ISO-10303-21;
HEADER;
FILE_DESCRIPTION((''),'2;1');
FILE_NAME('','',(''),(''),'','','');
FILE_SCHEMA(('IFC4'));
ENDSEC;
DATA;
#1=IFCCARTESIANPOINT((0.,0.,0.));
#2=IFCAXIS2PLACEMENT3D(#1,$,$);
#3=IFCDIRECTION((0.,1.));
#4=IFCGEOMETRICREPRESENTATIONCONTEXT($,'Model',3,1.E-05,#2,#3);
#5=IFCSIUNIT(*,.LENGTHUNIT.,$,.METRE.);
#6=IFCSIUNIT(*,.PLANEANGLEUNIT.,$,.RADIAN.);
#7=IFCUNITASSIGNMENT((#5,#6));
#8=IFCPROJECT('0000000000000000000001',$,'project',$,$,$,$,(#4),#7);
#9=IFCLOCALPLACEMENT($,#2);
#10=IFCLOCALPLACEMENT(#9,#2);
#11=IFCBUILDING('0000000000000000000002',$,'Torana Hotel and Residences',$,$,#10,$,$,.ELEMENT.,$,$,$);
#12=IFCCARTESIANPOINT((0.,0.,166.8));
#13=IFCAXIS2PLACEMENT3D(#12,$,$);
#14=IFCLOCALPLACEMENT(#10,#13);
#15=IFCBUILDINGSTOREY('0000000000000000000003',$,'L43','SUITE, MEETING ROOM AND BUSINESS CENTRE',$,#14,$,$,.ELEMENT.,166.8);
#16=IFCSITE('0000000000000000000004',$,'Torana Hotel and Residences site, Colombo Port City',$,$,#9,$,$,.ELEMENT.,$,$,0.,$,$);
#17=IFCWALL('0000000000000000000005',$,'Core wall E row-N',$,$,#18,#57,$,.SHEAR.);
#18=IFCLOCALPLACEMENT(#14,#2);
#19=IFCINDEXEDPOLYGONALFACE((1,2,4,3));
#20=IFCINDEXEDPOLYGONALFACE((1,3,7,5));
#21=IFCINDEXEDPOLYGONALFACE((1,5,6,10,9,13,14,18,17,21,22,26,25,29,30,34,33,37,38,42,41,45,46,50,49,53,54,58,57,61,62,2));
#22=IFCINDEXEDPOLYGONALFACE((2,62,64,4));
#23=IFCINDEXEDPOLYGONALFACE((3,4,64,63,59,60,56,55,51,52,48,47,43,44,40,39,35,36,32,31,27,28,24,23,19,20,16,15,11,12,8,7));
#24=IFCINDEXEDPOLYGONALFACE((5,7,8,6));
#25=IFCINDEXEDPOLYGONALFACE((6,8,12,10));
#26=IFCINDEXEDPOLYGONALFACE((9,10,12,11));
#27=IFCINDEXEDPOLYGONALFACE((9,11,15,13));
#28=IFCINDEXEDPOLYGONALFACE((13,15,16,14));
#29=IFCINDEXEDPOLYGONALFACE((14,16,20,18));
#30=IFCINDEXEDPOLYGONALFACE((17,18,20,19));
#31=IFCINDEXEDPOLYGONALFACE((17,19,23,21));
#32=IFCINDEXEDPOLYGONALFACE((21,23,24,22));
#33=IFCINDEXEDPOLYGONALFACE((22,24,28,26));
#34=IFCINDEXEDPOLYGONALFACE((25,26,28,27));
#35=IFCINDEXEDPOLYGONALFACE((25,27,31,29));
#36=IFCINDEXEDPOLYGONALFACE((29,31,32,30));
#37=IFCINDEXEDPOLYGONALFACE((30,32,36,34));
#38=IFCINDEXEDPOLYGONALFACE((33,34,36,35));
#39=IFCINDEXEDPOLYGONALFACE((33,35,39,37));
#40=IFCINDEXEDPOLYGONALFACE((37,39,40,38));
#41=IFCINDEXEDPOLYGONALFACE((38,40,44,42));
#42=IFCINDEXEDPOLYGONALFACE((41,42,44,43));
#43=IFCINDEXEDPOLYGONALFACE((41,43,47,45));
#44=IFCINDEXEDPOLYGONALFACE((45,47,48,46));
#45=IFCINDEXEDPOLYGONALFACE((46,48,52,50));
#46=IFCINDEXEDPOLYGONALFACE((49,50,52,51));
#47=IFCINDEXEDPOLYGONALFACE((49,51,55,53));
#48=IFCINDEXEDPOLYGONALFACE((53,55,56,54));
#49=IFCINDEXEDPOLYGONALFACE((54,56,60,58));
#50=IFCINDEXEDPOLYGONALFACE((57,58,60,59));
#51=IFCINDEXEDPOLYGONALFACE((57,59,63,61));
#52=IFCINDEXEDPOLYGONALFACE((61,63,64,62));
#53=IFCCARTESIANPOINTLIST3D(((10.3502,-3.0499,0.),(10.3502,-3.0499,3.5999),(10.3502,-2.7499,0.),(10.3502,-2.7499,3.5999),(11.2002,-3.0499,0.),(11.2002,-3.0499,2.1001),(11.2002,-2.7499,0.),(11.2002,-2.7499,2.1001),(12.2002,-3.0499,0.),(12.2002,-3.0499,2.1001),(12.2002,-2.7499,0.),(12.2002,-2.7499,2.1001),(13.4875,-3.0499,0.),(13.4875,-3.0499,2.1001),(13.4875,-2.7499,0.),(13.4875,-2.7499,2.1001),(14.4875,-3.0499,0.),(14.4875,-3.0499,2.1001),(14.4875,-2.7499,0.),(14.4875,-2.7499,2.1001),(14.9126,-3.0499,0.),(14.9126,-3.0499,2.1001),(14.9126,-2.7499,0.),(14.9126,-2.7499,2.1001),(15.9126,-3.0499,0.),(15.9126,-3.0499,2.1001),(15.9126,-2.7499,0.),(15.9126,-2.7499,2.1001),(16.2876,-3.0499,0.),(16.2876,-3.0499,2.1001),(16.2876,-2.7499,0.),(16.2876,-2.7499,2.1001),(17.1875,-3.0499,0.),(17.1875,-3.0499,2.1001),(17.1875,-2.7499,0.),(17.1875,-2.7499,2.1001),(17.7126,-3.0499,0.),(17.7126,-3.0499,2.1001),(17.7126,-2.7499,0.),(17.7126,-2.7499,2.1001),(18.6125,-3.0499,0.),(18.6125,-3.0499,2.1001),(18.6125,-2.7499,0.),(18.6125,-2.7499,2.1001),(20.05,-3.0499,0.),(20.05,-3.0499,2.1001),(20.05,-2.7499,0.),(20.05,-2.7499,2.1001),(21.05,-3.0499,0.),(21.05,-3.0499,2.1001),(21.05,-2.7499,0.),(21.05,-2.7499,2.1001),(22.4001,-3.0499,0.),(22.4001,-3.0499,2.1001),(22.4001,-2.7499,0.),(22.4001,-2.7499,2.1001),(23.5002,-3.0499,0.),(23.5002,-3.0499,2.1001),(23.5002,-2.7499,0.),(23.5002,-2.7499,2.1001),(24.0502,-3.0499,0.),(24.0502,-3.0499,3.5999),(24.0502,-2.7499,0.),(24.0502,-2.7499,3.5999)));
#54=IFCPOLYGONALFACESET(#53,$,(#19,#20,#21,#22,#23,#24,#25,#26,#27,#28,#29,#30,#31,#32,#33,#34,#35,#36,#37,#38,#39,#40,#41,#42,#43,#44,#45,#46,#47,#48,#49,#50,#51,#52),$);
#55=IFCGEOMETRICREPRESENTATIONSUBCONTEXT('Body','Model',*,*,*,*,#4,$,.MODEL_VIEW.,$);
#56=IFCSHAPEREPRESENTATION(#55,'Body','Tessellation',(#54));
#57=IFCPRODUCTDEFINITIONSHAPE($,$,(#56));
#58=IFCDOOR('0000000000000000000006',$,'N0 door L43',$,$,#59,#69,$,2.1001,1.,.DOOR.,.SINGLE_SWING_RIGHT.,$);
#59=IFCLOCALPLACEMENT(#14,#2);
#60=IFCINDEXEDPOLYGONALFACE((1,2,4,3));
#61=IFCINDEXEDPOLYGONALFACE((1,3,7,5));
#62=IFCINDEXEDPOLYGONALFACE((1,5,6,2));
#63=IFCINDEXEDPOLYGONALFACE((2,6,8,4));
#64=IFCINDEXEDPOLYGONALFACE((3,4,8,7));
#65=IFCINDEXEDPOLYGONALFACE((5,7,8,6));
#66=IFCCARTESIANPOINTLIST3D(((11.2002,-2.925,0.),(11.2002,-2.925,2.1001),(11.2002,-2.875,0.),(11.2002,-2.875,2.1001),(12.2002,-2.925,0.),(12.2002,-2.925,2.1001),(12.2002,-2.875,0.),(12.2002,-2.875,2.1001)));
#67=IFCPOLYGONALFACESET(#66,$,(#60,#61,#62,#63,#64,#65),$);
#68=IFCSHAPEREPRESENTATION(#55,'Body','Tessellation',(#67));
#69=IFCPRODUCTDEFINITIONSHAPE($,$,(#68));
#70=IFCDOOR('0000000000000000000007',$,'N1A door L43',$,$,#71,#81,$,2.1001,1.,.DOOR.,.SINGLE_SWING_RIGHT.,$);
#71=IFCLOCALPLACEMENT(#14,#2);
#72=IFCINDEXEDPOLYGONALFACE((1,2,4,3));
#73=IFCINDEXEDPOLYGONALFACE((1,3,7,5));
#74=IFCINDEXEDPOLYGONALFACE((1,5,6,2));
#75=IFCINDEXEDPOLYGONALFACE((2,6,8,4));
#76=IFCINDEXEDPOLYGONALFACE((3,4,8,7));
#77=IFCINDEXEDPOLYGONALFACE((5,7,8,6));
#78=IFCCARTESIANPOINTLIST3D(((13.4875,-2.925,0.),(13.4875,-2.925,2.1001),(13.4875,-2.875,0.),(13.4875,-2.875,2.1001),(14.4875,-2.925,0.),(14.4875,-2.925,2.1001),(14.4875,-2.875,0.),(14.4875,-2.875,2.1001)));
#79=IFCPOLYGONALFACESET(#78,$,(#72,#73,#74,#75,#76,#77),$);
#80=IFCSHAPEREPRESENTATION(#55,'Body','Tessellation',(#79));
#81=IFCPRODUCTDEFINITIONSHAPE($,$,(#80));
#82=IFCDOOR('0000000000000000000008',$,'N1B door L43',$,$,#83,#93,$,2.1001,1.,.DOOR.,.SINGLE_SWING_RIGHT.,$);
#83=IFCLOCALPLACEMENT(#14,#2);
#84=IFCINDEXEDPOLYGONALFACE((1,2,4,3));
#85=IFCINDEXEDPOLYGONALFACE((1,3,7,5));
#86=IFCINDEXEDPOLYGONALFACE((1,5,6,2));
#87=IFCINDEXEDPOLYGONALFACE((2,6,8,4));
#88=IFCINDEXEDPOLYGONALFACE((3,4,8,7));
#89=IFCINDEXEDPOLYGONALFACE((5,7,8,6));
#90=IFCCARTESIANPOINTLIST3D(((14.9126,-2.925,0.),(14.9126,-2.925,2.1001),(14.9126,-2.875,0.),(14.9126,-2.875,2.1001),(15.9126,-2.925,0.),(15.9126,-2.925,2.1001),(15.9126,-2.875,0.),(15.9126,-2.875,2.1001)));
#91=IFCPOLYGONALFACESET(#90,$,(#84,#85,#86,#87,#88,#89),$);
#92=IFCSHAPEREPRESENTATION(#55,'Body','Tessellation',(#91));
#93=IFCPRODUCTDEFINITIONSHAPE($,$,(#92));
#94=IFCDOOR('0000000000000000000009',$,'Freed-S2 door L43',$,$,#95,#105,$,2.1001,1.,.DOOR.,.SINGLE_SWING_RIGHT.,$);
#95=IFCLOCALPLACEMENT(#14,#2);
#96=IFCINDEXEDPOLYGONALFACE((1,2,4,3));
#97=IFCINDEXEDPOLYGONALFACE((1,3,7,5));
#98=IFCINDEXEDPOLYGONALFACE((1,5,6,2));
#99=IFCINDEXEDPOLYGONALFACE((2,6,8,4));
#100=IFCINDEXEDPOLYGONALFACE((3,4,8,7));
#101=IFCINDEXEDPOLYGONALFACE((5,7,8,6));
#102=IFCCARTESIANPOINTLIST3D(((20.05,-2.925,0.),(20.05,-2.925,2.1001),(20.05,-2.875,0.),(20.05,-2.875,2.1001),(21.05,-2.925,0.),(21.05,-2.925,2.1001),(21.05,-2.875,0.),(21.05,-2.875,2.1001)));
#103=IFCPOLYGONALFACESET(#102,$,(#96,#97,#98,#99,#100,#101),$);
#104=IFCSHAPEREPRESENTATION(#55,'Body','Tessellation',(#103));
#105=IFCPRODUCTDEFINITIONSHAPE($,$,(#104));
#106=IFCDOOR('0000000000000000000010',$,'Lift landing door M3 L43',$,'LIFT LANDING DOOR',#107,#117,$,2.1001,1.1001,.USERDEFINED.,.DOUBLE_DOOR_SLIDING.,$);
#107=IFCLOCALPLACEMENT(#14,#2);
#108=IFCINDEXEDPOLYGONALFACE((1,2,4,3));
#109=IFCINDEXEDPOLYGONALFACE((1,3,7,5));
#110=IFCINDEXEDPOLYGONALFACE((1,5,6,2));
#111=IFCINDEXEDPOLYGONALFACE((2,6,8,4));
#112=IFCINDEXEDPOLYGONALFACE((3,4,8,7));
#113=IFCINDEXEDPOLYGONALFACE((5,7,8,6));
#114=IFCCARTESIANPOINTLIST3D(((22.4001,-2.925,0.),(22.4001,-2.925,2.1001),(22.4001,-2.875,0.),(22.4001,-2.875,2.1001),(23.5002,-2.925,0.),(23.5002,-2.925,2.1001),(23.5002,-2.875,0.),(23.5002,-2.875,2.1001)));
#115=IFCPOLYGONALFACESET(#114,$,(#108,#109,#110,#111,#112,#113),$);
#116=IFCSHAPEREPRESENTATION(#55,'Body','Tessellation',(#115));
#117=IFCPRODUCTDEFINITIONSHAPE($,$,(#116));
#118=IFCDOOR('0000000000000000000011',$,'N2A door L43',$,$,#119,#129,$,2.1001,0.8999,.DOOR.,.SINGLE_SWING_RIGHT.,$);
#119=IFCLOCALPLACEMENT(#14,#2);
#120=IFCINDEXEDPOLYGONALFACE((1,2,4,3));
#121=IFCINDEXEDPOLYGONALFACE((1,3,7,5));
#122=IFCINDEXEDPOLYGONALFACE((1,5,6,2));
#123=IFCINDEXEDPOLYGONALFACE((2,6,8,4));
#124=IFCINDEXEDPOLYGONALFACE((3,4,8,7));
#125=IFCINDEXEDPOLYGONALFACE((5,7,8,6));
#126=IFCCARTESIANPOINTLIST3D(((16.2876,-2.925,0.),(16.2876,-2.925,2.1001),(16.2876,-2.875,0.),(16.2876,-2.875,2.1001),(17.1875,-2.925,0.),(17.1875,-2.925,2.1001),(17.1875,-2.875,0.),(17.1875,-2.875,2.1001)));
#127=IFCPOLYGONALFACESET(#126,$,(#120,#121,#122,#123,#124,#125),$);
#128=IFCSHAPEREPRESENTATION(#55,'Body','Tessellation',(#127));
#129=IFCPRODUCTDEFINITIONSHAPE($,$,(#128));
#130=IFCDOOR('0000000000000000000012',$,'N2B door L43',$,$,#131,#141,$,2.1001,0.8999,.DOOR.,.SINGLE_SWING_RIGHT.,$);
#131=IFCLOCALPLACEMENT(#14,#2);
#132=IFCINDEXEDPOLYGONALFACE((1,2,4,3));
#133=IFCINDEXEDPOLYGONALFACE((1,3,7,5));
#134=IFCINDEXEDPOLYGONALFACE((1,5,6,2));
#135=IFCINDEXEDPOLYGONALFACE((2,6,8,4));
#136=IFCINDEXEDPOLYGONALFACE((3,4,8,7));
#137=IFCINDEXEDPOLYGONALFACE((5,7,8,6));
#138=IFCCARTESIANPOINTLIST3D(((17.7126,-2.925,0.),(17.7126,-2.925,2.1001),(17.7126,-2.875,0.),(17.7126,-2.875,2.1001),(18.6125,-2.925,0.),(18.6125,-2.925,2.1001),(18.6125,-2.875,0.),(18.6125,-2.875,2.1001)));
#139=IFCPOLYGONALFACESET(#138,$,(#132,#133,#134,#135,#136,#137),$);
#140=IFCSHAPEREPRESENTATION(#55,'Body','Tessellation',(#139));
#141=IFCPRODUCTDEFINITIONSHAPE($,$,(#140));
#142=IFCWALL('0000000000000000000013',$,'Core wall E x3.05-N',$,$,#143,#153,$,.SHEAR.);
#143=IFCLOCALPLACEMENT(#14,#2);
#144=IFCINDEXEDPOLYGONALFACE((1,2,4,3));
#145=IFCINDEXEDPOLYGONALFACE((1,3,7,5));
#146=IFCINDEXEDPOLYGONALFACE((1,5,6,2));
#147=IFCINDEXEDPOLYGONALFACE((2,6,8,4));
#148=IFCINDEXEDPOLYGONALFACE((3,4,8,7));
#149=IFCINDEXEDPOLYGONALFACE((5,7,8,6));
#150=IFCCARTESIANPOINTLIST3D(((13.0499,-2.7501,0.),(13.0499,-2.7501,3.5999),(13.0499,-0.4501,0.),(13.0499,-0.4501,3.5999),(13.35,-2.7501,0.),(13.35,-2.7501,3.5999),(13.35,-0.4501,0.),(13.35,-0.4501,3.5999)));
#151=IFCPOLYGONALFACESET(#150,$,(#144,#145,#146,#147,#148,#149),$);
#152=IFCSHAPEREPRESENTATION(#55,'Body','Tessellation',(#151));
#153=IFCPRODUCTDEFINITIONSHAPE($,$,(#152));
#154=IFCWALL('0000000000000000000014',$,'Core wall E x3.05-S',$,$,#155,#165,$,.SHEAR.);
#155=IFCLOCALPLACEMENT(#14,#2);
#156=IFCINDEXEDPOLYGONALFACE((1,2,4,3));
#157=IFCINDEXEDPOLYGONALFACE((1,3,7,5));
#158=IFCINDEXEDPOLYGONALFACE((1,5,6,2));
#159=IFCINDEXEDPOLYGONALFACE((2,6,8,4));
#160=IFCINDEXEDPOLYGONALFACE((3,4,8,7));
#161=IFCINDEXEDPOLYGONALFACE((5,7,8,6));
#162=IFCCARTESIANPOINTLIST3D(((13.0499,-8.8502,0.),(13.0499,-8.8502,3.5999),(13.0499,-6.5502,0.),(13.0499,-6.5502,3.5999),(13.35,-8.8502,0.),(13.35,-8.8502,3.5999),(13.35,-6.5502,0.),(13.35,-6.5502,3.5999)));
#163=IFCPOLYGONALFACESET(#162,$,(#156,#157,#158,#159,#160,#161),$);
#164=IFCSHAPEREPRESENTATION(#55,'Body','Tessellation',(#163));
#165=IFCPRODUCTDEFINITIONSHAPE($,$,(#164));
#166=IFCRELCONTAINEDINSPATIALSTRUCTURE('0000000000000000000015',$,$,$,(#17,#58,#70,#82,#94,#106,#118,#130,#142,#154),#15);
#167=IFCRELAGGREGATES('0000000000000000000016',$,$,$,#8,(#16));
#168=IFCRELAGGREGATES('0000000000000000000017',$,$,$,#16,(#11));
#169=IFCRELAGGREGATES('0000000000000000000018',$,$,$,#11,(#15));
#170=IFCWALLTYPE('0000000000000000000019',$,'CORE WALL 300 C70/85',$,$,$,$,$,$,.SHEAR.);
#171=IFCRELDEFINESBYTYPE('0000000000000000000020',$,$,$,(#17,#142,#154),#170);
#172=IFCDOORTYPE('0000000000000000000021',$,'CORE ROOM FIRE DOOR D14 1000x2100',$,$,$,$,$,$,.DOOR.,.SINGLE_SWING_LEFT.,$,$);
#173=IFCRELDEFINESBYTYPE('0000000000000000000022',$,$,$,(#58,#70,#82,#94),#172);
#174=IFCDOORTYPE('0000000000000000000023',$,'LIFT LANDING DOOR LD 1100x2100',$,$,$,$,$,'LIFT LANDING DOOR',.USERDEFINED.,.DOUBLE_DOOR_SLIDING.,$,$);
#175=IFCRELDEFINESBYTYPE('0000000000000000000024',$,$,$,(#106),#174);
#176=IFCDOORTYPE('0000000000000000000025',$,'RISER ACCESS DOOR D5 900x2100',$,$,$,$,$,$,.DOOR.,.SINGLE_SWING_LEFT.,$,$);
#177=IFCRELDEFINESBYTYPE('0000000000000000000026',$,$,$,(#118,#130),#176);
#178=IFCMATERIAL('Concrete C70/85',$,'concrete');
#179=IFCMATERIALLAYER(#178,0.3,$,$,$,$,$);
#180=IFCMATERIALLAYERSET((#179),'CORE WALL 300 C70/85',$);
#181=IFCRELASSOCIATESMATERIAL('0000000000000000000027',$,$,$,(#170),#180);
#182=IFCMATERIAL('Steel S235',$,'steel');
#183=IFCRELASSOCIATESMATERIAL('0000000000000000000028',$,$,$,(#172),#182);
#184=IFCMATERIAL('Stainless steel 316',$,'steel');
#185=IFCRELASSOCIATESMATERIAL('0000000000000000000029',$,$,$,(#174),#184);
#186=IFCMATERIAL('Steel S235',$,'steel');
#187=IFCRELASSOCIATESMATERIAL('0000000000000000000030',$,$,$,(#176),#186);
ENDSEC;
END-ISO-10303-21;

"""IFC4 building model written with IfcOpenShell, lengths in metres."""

from ifc_helpers import new_model, si_unit, direction, frame, frame_2d, origin, place, context, subcontext, project, spatial, rectangle, extrude, material, layer, layer_set, type_object, element, fill, save


model = new_model("IFC4")

# Units and contexts
model_context = context("Model", 3, precision=1e-05, world=origin(), true_north=direction((0.0, 1.0)))
body_context = subcontext(model_context, "Body", "Model", "MODEL_VIEW")
ifc_project = project(units=[si_unit("LENGTHUNIT", "METRE"), si_unit("PLANEANGLEUNIT", "RADIAN")], contexts=[model_context])

# Site, building, storey
site_placement = place(None, origin())
site = spatial("IfcSite", under=ifc_project, at=site_placement, Name="Torana Hotel and Residences site, Colombo Port City", CompositionType="ELEMENT", RefElevation=0.0)
building_placement = place(site_placement, origin())
building = spatial("IfcBuilding", under=site, at=building_placement, Name="Torana Hotel and Residences", CompositionType="ELEMENT")
storey_placement = place(building_placement, frame((0.0, 0.0, 166.8)))
storey = spatial("IfcBuildingStorey", under=building, at=storey_placement, Name="L43", Description="SUITE, MEETING ROOM AND BUSINESS CENTRE", CompositionType="ELEMENT", Elevation=166.8)

# Wall, openings, doors
ifc_material_1 = material(Name="Concrete C70/85", Category="concrete")
ifc_layer_1 = layer(ifc_material_1, 0.3)
ifc_layer_set_1 = layer_set([ifc_layer_1], Name="CORE WALL 300 C70/85")
wall_type_1 = type_object("IfcWallType", Name="CORE WALL 300 C70/85", PredefinedType="SHEAR", material=ifc_layer_set_1)
wall_placement = place(storey_placement, frame((10.3501, -2.8999, 0.0), z_axis=(0.0, 0.0, 1.0), x_axis=(1.0, 0.0, 0.0)))
wall = element("IfcWall", 1, at=wall_placement, inside=storey, type_object=wall_type_1, Name="Core wall E row-N", PredefinedType="SHEAR", context=body_context, shape_type="SweptSolid", body=[
    extrude(rectangle(XDim=13.7, YDim=0.3, at=frame_2d((6.8501, 0.0))), origin(), (0.0, 0.0, 1.0), 3.5999),
])
opening_1_placement = place(wall_placement, frame((12.05, 0.0, 0.0)))
opening_1 = element("IfcOpeningElement", 2, at=opening_1_placement, cuts=wall, PredefinedType="OPENING", context=body_context, shape_type="SweptSolid", body=[
    extrude(rectangle(XDim=1.1001, YDim=2.1001, at=frame_2d((0.55, 1.05))), frame((0.0, 0.1599, 0.0), z_axis=(0.0, -1.0, 0.0), x_axis=(1.0, 0.0, 0.0)), (0.0, 0.0, 1.0), 0.3201),
])
opening_2_placement = place(wall_placement, frame((5.9375, 0.0, 0.0)))
opening_2 = element("IfcOpeningElement", 3, at=opening_2_placement, cuts=wall, PredefinedType="OPENING", context=body_context, shape_type="SweptSolid", body=[
    extrude(rectangle(XDim=0.8999, YDim=2.1001, at=frame_2d((0.45, 1.05))), frame((0.0, 0.1599, 0.0), z_axis=(0.0, -1.0, 0.0), x_axis=(1.0, 0.0, 0.0)), (0.0, 0.0, 1.0), 0.3201),
])
opening_3_placement = place(wall_placement, frame((7.3625, 0.0, 0.0)))
opening_3 = element("IfcOpeningElement", 4, at=opening_3_placement, cuts=wall, PredefinedType="OPENING", context=body_context, shape_type="SweptSolid", body=[
    extrude(rectangle(XDim=0.8999, YDim=2.1001, at=frame_2d((0.45, 1.05))), frame((0.0, 0.1599, 0.0), z_axis=(0.0, -1.0, 0.0), x_axis=(1.0, 0.0, 0.0)), (0.0, 0.0, 1.0), 0.3201),
])
opening_4_placement = place(wall_placement, frame((0.8501, 0.0, 0.0)))
opening_4 = element("IfcOpeningElement", 5, at=opening_4_placement, cuts=wall, PredefinedType="OPENING", context=body_context, shape_type="SweptSolid", body=[
    extrude(rectangle(XDim=1.0, YDim=2.1001, at=frame_2d((0.5, 1.05))), frame((0.0, 0.1599, 0.0), z_axis=(0.0, -1.0, 0.0), x_axis=(1.0, 0.0, 0.0)), (0.0, 0.0, 1.0), 0.3201),
])
opening_5_placement = place(wall_placement, frame((3.1375, 0.0, 0.0)))
opening_5 = element("IfcOpeningElement", 6, at=opening_5_placement, cuts=wall, PredefinedType="OPENING", context=body_context, shape_type="SweptSolid", body=[
    extrude(rectangle(XDim=1.0, YDim=2.1001, at=frame_2d((0.5, 1.05))), frame((0.0, 0.1599, 0.0), z_axis=(0.0, -1.0, 0.0), x_axis=(1.0, 0.0, 0.0)), (0.0, 0.0, 1.0), 0.3201),
])
opening_6_placement = place(wall_placement, frame((4.5625, 0.0, 0.0)))
opening_6 = element("IfcOpeningElement", 7, at=opening_6_placement, cuts=wall, PredefinedType="OPENING", context=body_context, shape_type="SweptSolid", body=[
    extrude(rectangle(XDim=1.0, YDim=2.1001, at=frame_2d((0.5, 1.05))), frame((0.0, 0.1599, 0.0), z_axis=(0.0, -1.0, 0.0), x_axis=(1.0, 0.0, 0.0)), (0.0, 0.0, 1.0), 0.3201),
])
opening_7_placement = place(wall_placement, frame((9.7, 0.0, 0.0)))
opening_7 = element("IfcOpeningElement", 8, at=opening_7_placement, cuts=wall, PredefinedType="OPENING", context=body_context, shape_type="SweptSolid", body=[
    extrude(rectangle(XDim=1.0, YDim=2.1001, at=frame_2d((0.5, 1.05))), frame((0.0, 0.1599, 0.0), z_axis=(0.0, -1.0, 0.0), x_axis=(1.0, 0.0, 0.0)), (0.0, 0.0, 1.0), 0.3201),
])
ifc_material_2 = material(Name="Steel S235", Category="steel")
door_type_1 = type_object("IfcDoorType", Name="CORE ROOM FIRE DOOR D14 1000x2100", OperationType="SINGLE_SWING_LEFT", PredefinedType="DOOR", material=ifc_material_2)
door_1_placement = place(opening_4_placement, origin())
door_1 = element("IfcDoor", 9, at=door_1_placement, inside=storey, type_object=door_type_1, Name="N0 door L43", OperationType="SINGLE_SWING_RIGHT", OverallHeight=2.1001, OverallWidth=1.0, PredefinedType="DOOR", context=body_context, shape_type="SweptSolid", body=[
    extrude(rectangle(XDim=1.0, YDim=2.1001, at=frame_2d((0.5, 1.05))), frame((0.0, 0.0249, 0.0), z_axis=(0.0, -1.0, 0.0), x_axis=(1.0, 0.0, 0.0)), (0.0, 0.0, 1.0), 0.05),
])
fill(opening_4, door_1)
door_2_placement = place(opening_5_placement, origin())
door_2 = element("IfcDoor", 10, at=door_2_placement, inside=storey, type_object=door_type_1, Name="N1A door L43", OperationType="SINGLE_SWING_RIGHT", OverallHeight=2.1001, OverallWidth=1.0, PredefinedType="DOOR", context=body_context, shape_type="SweptSolid", body=[
    extrude(rectangle(XDim=1.0, YDim=2.1001, at=frame_2d((0.5, 1.05))), frame((0.0, 0.0249, 0.0), z_axis=(0.0, -1.0, 0.0), x_axis=(1.0, 0.0, 0.0)), (0.0, 0.0, 1.0), 0.05),
])
fill(opening_5, door_2)
door_3_placement = place(opening_6_placement, origin())
door_3 = element("IfcDoor", 11, at=door_3_placement, inside=storey, type_object=door_type_1, Name="N1B door L43", OperationType="SINGLE_SWING_RIGHT", OverallHeight=2.1001, OverallWidth=1.0, PredefinedType="DOOR", context=body_context, shape_type="SweptSolid", body=[
    extrude(rectangle(XDim=1.0, YDim=2.1001, at=frame_2d((0.5, 1.05))), frame((0.0, 0.0249, 0.0), z_axis=(0.0, -1.0, 0.0), x_axis=(1.0, 0.0, 0.0)), (0.0, 0.0, 1.0), 0.05),
])
fill(opening_6, door_3)
door_4_placement = place(opening_7_placement, origin())
door_4 = element("IfcDoor", 12, at=door_4_placement, inside=storey, type_object=door_type_1, Name="Freed-S2 door L43", OperationType="SINGLE_SWING_RIGHT", OverallHeight=2.1001, OverallWidth=1.0, PredefinedType="DOOR", context=body_context, shape_type="SweptSolid", body=[
    extrude(rectangle(XDim=1.0, YDim=2.1001, at=frame_2d((0.5, 1.05))), frame((0.0, 0.0249, 0.0), z_axis=(0.0, -1.0, 0.0), x_axis=(1.0, 0.0, 0.0)), (0.0, 0.0, 1.0), 0.05),
])
fill(opening_7, door_4)
ifc_material_3 = material(Name="Stainless steel 316", Category="steel")
door_type_2 = type_object("IfcDoorType", Name="LIFT LANDING DOOR LD 1100x2100", ElementType="LIFT LANDING DOOR", OperationType="DOUBLE_DOOR_SLIDING", PredefinedType="USERDEFINED", material=ifc_material_3)
door_5_placement = place(opening_1_placement, origin())
door_5 = element("IfcDoor", 13, at=door_5_placement, inside=storey, type_object=door_type_2, Name="Lift landing door M3 L43", ObjectType="LIFT LANDING DOOR", OperationType="DOUBLE_DOOR_SLIDING", OverallHeight=2.1001, OverallWidth=1.1001, PredefinedType="USERDEFINED", context=body_context, shape_type="SweptSolid", body=[
    extrude(rectangle(XDim=1.1001, YDim=2.1001, at=frame_2d((0.55, 1.05))), frame((0.0, 0.0249, 0.0), z_axis=(0.0, -1.0, 0.0), x_axis=(1.0, 0.0, 0.0)), (0.0, 0.0, 1.0), 0.05),
])
fill(opening_1, door_5)
ifc_material_4 = material(Name="Steel S235", Category="steel")
door_type_3 = type_object("IfcDoorType", Name="RISER ACCESS DOOR D5 900x2100", OperationType="SINGLE_SWING_LEFT", PredefinedType="DOOR", material=ifc_material_4)
door_6_placement = place(opening_2_placement, origin())
door_6 = element("IfcDoor", 14, at=door_6_placement, inside=storey, type_object=door_type_3, Name="N2A door L43", OperationType="SINGLE_SWING_RIGHT", OverallHeight=2.1001, OverallWidth=0.8999, PredefinedType="DOOR", context=body_context, shape_type="SweptSolid", body=[
    extrude(rectangle(XDim=0.8999, YDim=2.1001, at=frame_2d((0.45, 1.05))), frame((0.0, 0.0249, 0.0), z_axis=(0.0, -1.0, 0.0), x_axis=(1.0, 0.0, 0.0)), (0.0, 0.0, 1.0), 0.05),
])
fill(opening_2, door_6)
door_7_placement = place(opening_3_placement, origin())
door_7 = element("IfcDoor", 15, at=door_7_placement, inside=storey, type_object=door_type_3, Name="N2B door L43", OperationType="SINGLE_SWING_RIGHT", OverallHeight=2.1001, OverallWidth=0.8999, PredefinedType="DOOR", context=body_context, shape_type="SweptSolid", body=[
    extrude(rectangle(XDim=0.8999, YDim=2.1001, at=frame_2d((0.45, 1.05))), frame((0.0, 0.0249, 0.0), z_axis=(0.0, -1.0, 0.0), x_axis=(1.0, 0.0, 0.0)), (0.0, 0.0, 1.0), 0.05),
])
fill(opening_3, door_7)

# Walls
for number, where, z_axis, x_axis, name in (
    (16, (13.2, -2.75, 0.0), (0.0, 0.0, 1.0), (0.0, 1.0, 0.0), "Core wall E x3.05-N"),
    (17, (13.2, -8.8501, 0.0), (0.0, 0.0, 1.0), (0.0, 1.0, 0.0), "Core wall E x3.05-S"),
):
    element("IfcWall", number, at=place(storey_placement, frame(where, z_axis=z_axis, x_axis=x_axis)), inside=storey, type_object=wall_type_1, Name=name, PredefinedType="SHEAR", context=body_context, shape_type="SweptSolid", body=[
        extrude(rectangle(XDim=2.3, YDim=0.3, at=frame_2d((1.1499, 0.0))), origin(), (0.0, 0.0, 1.0), 3.5999),
    ])

save(model, "model.ifc")
